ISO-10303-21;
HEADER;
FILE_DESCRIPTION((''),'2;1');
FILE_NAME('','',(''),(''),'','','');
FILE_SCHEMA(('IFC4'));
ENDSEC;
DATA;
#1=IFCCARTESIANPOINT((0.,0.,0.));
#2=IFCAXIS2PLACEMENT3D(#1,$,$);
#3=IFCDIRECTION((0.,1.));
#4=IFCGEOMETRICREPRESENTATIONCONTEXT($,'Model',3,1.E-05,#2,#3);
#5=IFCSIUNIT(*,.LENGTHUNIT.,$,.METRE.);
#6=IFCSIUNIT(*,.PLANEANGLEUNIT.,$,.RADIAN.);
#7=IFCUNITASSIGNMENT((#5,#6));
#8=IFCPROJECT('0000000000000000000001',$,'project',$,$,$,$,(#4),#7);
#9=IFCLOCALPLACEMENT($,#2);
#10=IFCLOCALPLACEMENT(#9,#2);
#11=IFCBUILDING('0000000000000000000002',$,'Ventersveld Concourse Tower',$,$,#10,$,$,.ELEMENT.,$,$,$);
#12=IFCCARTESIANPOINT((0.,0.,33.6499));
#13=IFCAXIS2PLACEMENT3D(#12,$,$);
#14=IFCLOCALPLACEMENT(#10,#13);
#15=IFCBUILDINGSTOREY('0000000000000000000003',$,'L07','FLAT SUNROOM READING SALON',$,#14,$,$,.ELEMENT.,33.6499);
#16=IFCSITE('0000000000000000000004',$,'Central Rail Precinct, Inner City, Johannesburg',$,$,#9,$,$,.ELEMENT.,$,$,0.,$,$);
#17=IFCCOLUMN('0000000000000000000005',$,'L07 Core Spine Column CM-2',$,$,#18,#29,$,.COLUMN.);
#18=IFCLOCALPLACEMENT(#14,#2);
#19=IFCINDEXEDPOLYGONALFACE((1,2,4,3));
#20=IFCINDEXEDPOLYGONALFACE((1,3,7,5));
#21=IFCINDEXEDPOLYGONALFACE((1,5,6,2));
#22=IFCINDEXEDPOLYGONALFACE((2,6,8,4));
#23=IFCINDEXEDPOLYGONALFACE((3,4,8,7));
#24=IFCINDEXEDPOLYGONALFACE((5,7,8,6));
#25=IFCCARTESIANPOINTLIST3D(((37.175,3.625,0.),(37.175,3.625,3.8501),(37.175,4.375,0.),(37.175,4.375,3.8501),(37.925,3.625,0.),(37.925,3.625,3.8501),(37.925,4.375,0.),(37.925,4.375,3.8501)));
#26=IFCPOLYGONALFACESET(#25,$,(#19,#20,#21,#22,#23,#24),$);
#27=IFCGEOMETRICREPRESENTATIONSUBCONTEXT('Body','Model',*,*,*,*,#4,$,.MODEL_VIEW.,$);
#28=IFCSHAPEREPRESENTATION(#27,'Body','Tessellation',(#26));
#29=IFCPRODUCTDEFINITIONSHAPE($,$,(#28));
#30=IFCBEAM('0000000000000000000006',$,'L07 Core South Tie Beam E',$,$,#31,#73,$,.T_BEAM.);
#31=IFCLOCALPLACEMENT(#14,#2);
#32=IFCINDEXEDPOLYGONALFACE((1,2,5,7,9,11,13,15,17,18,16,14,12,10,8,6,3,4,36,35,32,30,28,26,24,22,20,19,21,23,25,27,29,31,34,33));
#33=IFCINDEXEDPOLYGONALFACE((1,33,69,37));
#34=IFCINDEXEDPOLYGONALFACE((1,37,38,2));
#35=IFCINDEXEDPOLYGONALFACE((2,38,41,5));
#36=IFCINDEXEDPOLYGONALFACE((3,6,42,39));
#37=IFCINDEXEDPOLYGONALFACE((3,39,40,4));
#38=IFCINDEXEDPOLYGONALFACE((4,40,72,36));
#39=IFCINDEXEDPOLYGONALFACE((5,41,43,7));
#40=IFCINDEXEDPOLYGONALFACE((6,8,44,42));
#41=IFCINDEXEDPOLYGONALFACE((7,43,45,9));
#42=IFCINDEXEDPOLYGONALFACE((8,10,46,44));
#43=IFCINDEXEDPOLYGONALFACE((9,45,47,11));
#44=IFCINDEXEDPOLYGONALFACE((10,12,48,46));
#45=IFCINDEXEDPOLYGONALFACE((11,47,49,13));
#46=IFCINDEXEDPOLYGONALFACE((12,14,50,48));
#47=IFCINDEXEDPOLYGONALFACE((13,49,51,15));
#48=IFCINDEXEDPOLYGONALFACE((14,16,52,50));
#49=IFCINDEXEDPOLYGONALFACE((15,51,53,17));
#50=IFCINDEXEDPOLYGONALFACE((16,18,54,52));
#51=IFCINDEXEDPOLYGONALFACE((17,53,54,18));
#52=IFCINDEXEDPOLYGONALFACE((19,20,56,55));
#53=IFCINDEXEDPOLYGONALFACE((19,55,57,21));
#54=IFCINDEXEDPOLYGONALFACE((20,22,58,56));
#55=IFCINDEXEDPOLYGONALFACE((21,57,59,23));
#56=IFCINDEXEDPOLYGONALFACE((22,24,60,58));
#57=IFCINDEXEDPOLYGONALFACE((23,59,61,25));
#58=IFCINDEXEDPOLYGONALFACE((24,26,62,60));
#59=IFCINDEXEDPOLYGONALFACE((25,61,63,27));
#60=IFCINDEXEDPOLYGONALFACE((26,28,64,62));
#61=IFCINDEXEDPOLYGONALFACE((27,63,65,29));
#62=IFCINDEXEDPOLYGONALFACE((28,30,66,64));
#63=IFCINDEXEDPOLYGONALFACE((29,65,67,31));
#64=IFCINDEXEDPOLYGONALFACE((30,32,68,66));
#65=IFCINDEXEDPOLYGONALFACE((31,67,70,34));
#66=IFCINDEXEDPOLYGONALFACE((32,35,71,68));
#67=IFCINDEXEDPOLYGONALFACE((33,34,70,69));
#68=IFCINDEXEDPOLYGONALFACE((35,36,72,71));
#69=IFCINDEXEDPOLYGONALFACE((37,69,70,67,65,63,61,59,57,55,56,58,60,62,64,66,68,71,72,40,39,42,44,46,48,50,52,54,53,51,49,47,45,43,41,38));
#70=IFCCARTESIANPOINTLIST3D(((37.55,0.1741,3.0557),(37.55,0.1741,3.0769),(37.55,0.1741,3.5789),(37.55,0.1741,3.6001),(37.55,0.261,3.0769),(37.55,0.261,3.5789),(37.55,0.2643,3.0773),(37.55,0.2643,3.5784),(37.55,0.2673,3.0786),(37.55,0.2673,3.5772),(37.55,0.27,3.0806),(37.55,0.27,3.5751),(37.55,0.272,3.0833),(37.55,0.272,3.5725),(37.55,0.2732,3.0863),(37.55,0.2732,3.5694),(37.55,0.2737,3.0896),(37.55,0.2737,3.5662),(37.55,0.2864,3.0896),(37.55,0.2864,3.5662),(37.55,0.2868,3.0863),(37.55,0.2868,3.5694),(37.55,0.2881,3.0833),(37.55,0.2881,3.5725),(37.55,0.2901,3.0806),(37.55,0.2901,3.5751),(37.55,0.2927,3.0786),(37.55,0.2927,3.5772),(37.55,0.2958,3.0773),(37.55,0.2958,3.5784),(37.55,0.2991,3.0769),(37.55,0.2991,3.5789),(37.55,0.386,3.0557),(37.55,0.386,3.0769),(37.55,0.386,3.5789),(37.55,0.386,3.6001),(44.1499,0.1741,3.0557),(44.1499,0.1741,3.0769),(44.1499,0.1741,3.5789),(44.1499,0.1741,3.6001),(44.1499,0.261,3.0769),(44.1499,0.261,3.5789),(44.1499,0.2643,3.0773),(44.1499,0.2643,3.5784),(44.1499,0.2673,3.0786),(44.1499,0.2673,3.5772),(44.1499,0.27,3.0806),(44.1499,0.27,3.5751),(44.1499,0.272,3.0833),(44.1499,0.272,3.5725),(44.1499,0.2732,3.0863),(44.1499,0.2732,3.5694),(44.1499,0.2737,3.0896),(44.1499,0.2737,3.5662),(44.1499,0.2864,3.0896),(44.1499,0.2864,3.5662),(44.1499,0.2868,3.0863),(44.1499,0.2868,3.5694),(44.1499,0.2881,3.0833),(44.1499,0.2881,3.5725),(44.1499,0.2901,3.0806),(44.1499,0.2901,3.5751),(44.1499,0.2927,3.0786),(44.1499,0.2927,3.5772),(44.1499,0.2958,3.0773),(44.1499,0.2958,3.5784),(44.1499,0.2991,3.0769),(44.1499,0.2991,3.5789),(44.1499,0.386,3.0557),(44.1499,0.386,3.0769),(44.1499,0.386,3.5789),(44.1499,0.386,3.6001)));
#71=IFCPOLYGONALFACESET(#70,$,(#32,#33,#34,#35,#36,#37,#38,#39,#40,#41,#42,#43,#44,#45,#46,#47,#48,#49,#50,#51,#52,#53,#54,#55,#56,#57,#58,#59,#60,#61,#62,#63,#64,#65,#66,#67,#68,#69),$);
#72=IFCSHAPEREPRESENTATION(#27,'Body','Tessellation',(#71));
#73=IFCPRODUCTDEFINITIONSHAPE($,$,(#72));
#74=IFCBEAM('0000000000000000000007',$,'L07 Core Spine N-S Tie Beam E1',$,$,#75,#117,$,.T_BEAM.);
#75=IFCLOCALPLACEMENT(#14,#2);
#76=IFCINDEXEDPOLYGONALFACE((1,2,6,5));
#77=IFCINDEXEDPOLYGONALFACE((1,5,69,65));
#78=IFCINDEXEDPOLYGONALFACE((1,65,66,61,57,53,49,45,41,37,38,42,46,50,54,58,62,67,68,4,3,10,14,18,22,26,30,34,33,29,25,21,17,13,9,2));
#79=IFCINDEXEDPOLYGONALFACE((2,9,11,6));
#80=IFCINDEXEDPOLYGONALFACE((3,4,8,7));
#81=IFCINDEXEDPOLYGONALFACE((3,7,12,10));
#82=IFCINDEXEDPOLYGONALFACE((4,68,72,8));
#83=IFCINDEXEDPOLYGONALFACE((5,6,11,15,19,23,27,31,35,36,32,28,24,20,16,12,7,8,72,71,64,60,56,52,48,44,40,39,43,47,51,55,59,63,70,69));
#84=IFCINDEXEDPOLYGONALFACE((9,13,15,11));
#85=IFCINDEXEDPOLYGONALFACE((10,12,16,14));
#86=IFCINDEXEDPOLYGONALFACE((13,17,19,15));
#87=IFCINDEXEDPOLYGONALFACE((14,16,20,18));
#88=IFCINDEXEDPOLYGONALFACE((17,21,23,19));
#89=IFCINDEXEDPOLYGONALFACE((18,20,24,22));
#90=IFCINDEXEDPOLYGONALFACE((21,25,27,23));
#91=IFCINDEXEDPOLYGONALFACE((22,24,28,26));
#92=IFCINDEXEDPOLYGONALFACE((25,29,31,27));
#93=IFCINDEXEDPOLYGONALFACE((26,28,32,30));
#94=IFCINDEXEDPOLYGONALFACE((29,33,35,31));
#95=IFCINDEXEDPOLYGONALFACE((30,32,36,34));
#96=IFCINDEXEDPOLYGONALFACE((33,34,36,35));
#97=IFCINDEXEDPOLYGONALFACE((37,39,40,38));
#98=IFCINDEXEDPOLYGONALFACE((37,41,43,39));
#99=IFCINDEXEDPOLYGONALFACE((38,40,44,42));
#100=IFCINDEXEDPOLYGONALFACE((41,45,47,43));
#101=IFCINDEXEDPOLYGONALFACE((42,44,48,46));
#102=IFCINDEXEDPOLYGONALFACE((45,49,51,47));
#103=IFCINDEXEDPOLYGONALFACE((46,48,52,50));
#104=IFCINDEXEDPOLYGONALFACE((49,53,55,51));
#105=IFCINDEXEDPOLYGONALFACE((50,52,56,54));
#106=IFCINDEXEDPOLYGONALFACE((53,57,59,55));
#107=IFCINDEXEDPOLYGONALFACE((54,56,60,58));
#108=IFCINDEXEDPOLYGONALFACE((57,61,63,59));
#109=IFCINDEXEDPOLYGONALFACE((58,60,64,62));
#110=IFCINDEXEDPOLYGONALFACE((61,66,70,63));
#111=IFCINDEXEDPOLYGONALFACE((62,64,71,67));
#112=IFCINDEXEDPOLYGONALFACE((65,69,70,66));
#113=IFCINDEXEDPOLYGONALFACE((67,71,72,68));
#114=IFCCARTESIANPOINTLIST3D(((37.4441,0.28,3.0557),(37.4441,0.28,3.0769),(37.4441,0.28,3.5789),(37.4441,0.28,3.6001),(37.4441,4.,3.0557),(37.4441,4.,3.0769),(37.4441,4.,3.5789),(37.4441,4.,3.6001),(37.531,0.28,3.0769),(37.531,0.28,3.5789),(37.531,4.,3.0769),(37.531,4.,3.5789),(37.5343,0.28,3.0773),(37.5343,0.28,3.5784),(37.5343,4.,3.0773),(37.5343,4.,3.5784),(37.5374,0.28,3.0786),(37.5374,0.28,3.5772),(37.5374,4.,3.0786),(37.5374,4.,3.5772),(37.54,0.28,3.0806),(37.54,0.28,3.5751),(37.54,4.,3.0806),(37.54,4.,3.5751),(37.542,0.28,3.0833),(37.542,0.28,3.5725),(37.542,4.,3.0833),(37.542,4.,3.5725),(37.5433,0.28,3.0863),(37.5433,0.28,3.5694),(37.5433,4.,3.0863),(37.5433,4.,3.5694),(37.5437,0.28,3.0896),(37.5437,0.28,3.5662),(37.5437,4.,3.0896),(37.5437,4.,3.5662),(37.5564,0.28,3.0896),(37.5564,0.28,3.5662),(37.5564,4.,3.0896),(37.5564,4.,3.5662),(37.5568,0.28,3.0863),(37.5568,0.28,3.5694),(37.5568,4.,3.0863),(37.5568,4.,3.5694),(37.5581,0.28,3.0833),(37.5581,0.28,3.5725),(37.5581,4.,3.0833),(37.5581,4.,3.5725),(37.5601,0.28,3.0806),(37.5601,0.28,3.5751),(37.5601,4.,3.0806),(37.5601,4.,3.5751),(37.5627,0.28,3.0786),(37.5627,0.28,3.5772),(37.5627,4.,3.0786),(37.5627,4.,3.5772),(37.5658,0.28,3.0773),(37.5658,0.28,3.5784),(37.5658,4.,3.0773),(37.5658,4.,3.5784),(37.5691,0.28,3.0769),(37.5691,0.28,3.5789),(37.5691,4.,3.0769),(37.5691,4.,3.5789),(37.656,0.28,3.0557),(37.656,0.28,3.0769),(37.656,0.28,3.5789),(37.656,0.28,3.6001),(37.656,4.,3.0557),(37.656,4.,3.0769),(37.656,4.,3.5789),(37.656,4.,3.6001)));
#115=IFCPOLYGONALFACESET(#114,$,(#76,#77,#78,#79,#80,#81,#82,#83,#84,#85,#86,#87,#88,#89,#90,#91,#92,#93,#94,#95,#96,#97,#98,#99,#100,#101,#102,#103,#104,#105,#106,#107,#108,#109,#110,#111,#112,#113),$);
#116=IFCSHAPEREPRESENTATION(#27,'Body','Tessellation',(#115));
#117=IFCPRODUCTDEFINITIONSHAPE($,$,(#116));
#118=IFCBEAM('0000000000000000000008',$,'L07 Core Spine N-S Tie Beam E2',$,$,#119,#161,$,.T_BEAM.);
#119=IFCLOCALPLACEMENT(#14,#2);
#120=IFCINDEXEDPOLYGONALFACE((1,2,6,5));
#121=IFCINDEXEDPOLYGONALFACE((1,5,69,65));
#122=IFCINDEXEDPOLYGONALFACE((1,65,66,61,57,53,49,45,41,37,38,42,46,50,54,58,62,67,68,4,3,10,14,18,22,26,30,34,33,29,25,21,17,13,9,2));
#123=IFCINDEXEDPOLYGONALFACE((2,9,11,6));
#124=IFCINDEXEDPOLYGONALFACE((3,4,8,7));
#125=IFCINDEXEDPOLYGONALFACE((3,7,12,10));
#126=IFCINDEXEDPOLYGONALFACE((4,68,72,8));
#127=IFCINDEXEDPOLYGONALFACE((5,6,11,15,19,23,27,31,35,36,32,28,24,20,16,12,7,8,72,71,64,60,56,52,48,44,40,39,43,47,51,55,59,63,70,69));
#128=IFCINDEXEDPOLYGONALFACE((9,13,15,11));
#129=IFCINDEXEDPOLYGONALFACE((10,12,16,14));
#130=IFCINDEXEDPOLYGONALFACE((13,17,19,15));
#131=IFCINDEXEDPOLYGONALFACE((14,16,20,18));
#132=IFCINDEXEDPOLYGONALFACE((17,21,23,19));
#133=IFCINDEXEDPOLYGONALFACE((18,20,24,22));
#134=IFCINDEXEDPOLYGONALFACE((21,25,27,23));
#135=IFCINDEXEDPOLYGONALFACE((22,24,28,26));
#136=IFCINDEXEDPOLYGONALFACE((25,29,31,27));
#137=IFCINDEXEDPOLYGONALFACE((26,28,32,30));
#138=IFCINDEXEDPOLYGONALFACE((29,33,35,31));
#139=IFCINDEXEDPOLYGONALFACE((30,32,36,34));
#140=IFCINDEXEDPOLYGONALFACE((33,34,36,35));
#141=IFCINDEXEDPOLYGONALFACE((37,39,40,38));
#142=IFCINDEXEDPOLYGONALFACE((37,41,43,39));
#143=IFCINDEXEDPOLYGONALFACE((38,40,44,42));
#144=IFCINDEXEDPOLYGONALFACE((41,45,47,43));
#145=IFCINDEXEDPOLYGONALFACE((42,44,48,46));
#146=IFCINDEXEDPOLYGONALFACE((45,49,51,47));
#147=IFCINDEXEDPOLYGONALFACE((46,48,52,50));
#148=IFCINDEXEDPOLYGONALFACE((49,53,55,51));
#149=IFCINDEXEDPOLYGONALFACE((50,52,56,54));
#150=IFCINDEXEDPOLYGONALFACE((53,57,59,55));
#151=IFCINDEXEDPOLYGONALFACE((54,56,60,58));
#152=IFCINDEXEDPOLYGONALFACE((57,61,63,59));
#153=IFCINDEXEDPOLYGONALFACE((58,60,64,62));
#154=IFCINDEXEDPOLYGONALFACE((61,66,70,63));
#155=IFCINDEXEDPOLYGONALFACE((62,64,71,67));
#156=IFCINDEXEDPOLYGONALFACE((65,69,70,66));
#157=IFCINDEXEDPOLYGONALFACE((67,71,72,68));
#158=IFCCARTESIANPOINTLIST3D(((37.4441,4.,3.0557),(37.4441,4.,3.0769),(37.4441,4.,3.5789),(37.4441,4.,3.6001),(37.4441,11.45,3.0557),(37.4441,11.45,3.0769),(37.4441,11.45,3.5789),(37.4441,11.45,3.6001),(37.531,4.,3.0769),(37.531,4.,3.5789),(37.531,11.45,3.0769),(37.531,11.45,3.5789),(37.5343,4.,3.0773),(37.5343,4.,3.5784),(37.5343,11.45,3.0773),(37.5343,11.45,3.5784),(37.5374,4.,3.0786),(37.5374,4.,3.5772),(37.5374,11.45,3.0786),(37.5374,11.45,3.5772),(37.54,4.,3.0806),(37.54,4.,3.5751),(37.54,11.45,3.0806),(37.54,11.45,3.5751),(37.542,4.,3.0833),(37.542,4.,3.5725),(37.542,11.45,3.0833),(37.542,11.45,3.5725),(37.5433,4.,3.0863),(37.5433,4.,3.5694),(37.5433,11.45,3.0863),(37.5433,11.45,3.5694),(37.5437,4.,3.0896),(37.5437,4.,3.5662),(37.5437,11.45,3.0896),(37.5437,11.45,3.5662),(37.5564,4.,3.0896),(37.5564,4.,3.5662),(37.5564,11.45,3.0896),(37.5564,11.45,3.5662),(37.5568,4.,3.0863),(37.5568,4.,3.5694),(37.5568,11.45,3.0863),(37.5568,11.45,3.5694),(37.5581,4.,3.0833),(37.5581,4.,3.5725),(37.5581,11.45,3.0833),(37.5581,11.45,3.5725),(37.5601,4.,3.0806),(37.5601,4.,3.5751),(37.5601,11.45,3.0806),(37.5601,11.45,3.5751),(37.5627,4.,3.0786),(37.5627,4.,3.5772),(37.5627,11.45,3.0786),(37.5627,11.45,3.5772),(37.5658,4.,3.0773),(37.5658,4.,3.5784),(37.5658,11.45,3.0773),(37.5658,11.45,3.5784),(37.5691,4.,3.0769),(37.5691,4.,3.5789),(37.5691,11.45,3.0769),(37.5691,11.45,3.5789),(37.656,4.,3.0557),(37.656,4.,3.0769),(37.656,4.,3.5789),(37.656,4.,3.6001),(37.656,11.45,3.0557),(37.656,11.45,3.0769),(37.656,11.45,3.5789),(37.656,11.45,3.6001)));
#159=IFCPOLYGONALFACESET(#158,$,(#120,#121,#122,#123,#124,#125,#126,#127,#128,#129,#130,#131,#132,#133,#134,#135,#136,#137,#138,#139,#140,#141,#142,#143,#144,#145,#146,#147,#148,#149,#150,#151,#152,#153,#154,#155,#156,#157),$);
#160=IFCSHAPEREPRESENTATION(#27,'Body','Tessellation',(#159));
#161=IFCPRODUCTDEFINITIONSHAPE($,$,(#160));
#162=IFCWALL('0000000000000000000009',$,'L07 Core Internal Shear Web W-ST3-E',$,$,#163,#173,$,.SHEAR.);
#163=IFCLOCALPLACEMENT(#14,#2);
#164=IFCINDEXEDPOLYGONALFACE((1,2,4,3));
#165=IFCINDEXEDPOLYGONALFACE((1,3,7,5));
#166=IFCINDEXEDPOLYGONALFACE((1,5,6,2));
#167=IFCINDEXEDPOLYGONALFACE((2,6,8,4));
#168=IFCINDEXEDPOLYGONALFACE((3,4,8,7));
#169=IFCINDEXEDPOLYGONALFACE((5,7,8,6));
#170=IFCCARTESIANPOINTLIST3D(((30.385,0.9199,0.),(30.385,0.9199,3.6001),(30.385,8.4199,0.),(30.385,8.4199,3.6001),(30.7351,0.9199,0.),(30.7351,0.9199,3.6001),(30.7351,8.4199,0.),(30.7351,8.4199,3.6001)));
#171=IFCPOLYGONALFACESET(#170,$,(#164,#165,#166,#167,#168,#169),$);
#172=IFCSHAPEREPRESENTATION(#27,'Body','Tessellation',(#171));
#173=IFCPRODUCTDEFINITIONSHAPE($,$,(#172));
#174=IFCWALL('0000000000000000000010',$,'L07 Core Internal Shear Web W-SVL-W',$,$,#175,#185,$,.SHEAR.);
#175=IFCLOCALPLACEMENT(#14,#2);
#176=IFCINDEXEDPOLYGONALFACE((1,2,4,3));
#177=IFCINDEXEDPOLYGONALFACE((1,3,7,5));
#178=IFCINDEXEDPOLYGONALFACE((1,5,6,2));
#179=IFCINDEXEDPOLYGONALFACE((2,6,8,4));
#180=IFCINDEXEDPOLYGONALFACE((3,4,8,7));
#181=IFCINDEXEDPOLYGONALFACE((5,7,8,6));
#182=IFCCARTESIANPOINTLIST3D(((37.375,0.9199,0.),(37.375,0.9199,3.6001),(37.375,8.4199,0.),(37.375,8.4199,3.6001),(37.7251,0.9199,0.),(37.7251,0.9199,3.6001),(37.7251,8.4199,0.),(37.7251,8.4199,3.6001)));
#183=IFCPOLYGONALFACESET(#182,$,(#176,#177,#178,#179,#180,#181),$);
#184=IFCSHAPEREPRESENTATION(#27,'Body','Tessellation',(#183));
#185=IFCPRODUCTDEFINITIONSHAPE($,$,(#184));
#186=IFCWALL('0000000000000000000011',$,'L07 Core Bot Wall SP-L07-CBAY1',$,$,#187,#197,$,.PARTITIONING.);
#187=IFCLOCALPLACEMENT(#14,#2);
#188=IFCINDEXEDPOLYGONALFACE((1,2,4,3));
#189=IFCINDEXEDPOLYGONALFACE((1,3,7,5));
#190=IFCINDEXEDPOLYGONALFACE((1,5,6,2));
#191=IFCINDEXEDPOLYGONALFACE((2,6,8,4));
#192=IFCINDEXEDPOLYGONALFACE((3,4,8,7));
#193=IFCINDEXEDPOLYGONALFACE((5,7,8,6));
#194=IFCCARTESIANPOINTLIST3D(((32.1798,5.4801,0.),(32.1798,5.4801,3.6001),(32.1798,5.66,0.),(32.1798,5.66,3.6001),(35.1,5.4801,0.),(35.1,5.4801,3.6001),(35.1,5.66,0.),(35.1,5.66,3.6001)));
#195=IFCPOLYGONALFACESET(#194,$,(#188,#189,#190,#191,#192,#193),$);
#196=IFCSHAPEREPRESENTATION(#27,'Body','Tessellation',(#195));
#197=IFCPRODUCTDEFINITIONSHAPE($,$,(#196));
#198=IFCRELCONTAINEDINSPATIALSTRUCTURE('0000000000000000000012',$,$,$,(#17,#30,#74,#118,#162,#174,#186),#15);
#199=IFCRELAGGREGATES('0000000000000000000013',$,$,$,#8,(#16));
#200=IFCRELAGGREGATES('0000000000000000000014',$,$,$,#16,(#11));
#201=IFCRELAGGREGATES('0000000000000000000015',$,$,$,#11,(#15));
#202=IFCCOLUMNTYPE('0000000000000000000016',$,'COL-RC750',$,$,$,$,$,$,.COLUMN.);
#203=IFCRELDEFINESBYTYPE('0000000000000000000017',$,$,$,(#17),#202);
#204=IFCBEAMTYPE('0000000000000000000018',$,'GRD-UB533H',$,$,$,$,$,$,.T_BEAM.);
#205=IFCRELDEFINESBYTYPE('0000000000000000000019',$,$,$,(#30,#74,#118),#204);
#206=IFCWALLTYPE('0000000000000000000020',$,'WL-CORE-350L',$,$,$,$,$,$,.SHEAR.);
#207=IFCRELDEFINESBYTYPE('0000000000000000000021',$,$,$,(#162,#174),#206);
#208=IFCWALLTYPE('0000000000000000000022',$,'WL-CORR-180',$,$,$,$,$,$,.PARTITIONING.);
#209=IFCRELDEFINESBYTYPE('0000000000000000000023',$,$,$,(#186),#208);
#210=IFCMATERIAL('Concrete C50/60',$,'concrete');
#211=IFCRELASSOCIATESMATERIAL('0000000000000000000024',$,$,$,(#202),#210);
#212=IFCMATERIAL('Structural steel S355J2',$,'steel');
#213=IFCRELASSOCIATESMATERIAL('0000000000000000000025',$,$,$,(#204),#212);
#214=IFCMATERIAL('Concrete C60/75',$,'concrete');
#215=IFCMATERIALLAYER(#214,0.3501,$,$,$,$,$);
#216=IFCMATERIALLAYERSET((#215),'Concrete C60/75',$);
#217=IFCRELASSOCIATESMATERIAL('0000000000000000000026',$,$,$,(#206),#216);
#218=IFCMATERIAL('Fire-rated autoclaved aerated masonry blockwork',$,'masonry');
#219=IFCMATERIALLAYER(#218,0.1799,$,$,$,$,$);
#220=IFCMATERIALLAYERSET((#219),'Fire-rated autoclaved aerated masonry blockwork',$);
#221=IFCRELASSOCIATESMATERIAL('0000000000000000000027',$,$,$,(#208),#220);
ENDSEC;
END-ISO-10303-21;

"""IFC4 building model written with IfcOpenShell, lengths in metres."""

from ifc_helpers import new_model, si_unit, direction, frame, frame_2d, origin, origin_2d, place, context, subcontext, project, spatial, rectangle, i_section, extrude, material, layer, layer_set, material_profile, profile_set, type_object, element, save


model = new_model("IFC4")

# Units and contexts
model_context = context("Model", 3, precision=1e-05, world=origin(), true_north=direction((0.0, 1.0)))
body_context = subcontext(model_context, "Body", "Model", "MODEL_VIEW")
ifc_project = project(units=[si_unit("LENGTHUNIT", "METRE"), si_unit("PLANEANGLEUNIT", "RADIAN")], contexts=[model_context])

# Site, building, storey
site_placement = place(None, origin())
site = spatial("IfcSite", under=ifc_project, at=site_placement, Name="Central Rail Precinct, Inner City, Johannesburg", CompositionType="ELEMENT", RefElevation=0.0)
building_placement = place(site_placement, origin())
building = spatial("IfcBuilding", under=site, at=building_placement, Name="Ventersveld Concourse Tower", CompositionType="ELEMENT")
storey_placement = place(building_placement, frame((0.0, 0.0, 33.6499)))
storey = spatial("IfcBuildingStorey", under=building, at=storey_placement, Name="L07", Description="FLAT SUNROOM READING SALON", CompositionType="ELEMENT", Elevation=33.6499)

# Column
ifc_material_1 = material(Name="Concrete C50/60", Category="concrete")
ifc_material_profile_1 = material_profile(ifc_material_1, rectangle(XDim=0.75, YDim=0.75, at=origin_2d()), Name="RC 750x750")
ifc_profile_set_1 = profile_set([ifc_material_profile_1], Name="Concrete C50/60")
column_type = type_object("IfcColumnType", Name="COL-RC750", PredefinedType="COLUMN", material=ifc_profile_set_1)
column_placement = place(storey_placement, frame((37.55, 4.0, 0.0), z_axis=(0.0, 0.0, 1.0), x_axis=(1.0, 0.0, 0.0)))
element("IfcColumn", 1, at=column_placement, inside=storey, type_object=column_type, Name="L07 Core Spine Column CM-2", PredefinedType="COLUMN", context=body_context, shape_type="SweptSolid", body=[
    extrude(rectangle(XDim=0.75, YDim=0.75, at=origin_2d()), origin(), (0.0, 0.0, 1.0), 3.8501),
])

# Beams
ifc_material_2 = material(Name="Structural steel S355J2", Category="steel")
ifc_material_profile_2 = material_profile(ifc_material_2, i_section(OverallWidth=0.2119, OverallDepth=0.5444, WebThickness=0.0127, FlangeThickness=0.0212, FilletRadius=0.0127, at=origin_2d()), Name="UB 533x210x122")
ifc_profile_set_2 = profile_set([ifc_material_profile_2], Name="Structural steel S355J2")
beam_type = type_object("IfcBeamType", Name="GRD-UB533H", PredefinedType="T_BEAM", material=ifc_profile_set_2)
beam_1_placement = place(storey_placement, frame((37.55, 0.28, 3.3279), z_axis=(1.0, 0.0, 0.0), x_axis=(0.0, 1.0, 0.0)))
element("IfcBeam", 2, at=beam_1_placement, inside=storey, type_object=beam_type, Name="L07 Core South Tie Beam E", PredefinedType="T_BEAM", context=body_context, shape_type="SweptSolid", body=[
    extrude(i_section(OverallWidth=0.2119, OverallDepth=0.5444, WebThickness=0.0127, FlangeThickness=0.0212, FilletRadius=0.0127, at=origin_2d()), origin(), (0.0, 0.0, 1.0), 6.5999),
])
beam_2_placement = place(storey_placement, frame((37.55, 0.28, 3.3279), z_axis=(0.0, 1.0, 0.0), x_axis=(-1.0, 0.0, 0.0)))
element("IfcBeam", 3, at=beam_2_placement, inside=storey, type_object=beam_type, Name="L07 Core Spine N-S Tie Beam E1", PredefinedType="T_BEAM", context=body_context, shape_type="SweptSolid", body=[
    extrude(i_section(OverallWidth=0.2119, OverallDepth=0.5444, WebThickness=0.0127, FlangeThickness=0.0212, FilletRadius=0.0127, at=origin_2d()), origin(), (0.0, 0.0, 1.0), 3.72),
])
beam_3_placement = place(storey_placement, frame((37.55, 4.0, 3.3279), z_axis=(0.0, 1.0, 0.0), x_axis=(-1.0, 0.0, 0.0)))
element("IfcBeam", 4, at=beam_3_placement, inside=storey, type_object=beam_type, Name="L07 Core Spine N-S Tie Beam E2", PredefinedType="T_BEAM", context=body_context, shape_type="SweptSolid", body=[
    extrude(i_section(OverallWidth=0.2119, OverallDepth=0.5444, WebThickness=0.0127, FlangeThickness=0.0212, FilletRadius=0.0127, at=origin_2d()), origin(), (0.0, 0.0, 1.0), 7.45),
])

# Walls
ifc_material_3 = material(Name="Concrete C60/75", Category="concrete")
ifc_layer_1 = layer(ifc_material_3, 0.3501)
ifc_layer_set_1 = layer_set([ifc_layer_1], Name="Concrete C60/75")
wall_type_1 = type_object("IfcWallType", Name="WL-CORE-350L", PredefinedType="SHEAR", material=ifc_layer_set_1)
for number, where, z_axis, x_axis, name in (
    (5, (30.5601, 0.9199, 0.0), (0.0, 0.0, 1.0), (0.0, 1.0, 0.0), "L07 Core Internal Shear Web W-ST3-E"),
    (6, (37.55, 0.9199, 0.0), (0.0, 0.0, 1.0), (0.0, 1.0, 0.0), "L07 Core Internal Shear Web W-SVL-W"),
):
    element("IfcWall", number, at=place(storey_placement, frame(where, z_axis=z_axis, x_axis=x_axis)), inside=storey, type_object=wall_type_1, Name=name, PredefinedType="SHEAR", context=body_context, shape_type="SweptSolid", body=[
        extrude(rectangle(XDim=7.5, YDim=0.3501, at=frame_2d((3.75, 0.0))), origin(), (0.0, 0.0, 1.0), 3.6001),
    ])
ifc_material_4 = material(Name="Fire-rated autoclaved aerated masonry blockwork", Category="masonry")
ifc_layer_2 = layer(ifc_material_4, 0.1799)
ifc_layer_set_2 = layer_set([ifc_layer_2], Name="Fire-rated autoclaved aerated masonry blockwork")
wall_type_2 = type_object("IfcWallType", Name="WL-CORR-180", PredefinedType="PARTITIONING", material=ifc_layer_set_2)
wall_1_placement = place(storey_placement, frame((32.1799, 5.5701, 0.0), z_axis=(0.0, 0.0, 1.0), x_axis=(1.0, 0.0, 0.0)))
element("IfcWall", 7, at=wall_1_placement, inside=storey, type_object=wall_type_2, Name="L07 Core Bot Wall SP-L07-CBAY1", PredefinedType="PARTITIONING", context=body_context, shape_type="SweptSolid", body=[
    extrude(rectangle(XDim=2.9202, YDim=0.1799, at=frame_2d((1.46, 0.0))), origin(), (0.0, 0.0, 1.0), 3.6001),
])

save(model, "model.ifc")
